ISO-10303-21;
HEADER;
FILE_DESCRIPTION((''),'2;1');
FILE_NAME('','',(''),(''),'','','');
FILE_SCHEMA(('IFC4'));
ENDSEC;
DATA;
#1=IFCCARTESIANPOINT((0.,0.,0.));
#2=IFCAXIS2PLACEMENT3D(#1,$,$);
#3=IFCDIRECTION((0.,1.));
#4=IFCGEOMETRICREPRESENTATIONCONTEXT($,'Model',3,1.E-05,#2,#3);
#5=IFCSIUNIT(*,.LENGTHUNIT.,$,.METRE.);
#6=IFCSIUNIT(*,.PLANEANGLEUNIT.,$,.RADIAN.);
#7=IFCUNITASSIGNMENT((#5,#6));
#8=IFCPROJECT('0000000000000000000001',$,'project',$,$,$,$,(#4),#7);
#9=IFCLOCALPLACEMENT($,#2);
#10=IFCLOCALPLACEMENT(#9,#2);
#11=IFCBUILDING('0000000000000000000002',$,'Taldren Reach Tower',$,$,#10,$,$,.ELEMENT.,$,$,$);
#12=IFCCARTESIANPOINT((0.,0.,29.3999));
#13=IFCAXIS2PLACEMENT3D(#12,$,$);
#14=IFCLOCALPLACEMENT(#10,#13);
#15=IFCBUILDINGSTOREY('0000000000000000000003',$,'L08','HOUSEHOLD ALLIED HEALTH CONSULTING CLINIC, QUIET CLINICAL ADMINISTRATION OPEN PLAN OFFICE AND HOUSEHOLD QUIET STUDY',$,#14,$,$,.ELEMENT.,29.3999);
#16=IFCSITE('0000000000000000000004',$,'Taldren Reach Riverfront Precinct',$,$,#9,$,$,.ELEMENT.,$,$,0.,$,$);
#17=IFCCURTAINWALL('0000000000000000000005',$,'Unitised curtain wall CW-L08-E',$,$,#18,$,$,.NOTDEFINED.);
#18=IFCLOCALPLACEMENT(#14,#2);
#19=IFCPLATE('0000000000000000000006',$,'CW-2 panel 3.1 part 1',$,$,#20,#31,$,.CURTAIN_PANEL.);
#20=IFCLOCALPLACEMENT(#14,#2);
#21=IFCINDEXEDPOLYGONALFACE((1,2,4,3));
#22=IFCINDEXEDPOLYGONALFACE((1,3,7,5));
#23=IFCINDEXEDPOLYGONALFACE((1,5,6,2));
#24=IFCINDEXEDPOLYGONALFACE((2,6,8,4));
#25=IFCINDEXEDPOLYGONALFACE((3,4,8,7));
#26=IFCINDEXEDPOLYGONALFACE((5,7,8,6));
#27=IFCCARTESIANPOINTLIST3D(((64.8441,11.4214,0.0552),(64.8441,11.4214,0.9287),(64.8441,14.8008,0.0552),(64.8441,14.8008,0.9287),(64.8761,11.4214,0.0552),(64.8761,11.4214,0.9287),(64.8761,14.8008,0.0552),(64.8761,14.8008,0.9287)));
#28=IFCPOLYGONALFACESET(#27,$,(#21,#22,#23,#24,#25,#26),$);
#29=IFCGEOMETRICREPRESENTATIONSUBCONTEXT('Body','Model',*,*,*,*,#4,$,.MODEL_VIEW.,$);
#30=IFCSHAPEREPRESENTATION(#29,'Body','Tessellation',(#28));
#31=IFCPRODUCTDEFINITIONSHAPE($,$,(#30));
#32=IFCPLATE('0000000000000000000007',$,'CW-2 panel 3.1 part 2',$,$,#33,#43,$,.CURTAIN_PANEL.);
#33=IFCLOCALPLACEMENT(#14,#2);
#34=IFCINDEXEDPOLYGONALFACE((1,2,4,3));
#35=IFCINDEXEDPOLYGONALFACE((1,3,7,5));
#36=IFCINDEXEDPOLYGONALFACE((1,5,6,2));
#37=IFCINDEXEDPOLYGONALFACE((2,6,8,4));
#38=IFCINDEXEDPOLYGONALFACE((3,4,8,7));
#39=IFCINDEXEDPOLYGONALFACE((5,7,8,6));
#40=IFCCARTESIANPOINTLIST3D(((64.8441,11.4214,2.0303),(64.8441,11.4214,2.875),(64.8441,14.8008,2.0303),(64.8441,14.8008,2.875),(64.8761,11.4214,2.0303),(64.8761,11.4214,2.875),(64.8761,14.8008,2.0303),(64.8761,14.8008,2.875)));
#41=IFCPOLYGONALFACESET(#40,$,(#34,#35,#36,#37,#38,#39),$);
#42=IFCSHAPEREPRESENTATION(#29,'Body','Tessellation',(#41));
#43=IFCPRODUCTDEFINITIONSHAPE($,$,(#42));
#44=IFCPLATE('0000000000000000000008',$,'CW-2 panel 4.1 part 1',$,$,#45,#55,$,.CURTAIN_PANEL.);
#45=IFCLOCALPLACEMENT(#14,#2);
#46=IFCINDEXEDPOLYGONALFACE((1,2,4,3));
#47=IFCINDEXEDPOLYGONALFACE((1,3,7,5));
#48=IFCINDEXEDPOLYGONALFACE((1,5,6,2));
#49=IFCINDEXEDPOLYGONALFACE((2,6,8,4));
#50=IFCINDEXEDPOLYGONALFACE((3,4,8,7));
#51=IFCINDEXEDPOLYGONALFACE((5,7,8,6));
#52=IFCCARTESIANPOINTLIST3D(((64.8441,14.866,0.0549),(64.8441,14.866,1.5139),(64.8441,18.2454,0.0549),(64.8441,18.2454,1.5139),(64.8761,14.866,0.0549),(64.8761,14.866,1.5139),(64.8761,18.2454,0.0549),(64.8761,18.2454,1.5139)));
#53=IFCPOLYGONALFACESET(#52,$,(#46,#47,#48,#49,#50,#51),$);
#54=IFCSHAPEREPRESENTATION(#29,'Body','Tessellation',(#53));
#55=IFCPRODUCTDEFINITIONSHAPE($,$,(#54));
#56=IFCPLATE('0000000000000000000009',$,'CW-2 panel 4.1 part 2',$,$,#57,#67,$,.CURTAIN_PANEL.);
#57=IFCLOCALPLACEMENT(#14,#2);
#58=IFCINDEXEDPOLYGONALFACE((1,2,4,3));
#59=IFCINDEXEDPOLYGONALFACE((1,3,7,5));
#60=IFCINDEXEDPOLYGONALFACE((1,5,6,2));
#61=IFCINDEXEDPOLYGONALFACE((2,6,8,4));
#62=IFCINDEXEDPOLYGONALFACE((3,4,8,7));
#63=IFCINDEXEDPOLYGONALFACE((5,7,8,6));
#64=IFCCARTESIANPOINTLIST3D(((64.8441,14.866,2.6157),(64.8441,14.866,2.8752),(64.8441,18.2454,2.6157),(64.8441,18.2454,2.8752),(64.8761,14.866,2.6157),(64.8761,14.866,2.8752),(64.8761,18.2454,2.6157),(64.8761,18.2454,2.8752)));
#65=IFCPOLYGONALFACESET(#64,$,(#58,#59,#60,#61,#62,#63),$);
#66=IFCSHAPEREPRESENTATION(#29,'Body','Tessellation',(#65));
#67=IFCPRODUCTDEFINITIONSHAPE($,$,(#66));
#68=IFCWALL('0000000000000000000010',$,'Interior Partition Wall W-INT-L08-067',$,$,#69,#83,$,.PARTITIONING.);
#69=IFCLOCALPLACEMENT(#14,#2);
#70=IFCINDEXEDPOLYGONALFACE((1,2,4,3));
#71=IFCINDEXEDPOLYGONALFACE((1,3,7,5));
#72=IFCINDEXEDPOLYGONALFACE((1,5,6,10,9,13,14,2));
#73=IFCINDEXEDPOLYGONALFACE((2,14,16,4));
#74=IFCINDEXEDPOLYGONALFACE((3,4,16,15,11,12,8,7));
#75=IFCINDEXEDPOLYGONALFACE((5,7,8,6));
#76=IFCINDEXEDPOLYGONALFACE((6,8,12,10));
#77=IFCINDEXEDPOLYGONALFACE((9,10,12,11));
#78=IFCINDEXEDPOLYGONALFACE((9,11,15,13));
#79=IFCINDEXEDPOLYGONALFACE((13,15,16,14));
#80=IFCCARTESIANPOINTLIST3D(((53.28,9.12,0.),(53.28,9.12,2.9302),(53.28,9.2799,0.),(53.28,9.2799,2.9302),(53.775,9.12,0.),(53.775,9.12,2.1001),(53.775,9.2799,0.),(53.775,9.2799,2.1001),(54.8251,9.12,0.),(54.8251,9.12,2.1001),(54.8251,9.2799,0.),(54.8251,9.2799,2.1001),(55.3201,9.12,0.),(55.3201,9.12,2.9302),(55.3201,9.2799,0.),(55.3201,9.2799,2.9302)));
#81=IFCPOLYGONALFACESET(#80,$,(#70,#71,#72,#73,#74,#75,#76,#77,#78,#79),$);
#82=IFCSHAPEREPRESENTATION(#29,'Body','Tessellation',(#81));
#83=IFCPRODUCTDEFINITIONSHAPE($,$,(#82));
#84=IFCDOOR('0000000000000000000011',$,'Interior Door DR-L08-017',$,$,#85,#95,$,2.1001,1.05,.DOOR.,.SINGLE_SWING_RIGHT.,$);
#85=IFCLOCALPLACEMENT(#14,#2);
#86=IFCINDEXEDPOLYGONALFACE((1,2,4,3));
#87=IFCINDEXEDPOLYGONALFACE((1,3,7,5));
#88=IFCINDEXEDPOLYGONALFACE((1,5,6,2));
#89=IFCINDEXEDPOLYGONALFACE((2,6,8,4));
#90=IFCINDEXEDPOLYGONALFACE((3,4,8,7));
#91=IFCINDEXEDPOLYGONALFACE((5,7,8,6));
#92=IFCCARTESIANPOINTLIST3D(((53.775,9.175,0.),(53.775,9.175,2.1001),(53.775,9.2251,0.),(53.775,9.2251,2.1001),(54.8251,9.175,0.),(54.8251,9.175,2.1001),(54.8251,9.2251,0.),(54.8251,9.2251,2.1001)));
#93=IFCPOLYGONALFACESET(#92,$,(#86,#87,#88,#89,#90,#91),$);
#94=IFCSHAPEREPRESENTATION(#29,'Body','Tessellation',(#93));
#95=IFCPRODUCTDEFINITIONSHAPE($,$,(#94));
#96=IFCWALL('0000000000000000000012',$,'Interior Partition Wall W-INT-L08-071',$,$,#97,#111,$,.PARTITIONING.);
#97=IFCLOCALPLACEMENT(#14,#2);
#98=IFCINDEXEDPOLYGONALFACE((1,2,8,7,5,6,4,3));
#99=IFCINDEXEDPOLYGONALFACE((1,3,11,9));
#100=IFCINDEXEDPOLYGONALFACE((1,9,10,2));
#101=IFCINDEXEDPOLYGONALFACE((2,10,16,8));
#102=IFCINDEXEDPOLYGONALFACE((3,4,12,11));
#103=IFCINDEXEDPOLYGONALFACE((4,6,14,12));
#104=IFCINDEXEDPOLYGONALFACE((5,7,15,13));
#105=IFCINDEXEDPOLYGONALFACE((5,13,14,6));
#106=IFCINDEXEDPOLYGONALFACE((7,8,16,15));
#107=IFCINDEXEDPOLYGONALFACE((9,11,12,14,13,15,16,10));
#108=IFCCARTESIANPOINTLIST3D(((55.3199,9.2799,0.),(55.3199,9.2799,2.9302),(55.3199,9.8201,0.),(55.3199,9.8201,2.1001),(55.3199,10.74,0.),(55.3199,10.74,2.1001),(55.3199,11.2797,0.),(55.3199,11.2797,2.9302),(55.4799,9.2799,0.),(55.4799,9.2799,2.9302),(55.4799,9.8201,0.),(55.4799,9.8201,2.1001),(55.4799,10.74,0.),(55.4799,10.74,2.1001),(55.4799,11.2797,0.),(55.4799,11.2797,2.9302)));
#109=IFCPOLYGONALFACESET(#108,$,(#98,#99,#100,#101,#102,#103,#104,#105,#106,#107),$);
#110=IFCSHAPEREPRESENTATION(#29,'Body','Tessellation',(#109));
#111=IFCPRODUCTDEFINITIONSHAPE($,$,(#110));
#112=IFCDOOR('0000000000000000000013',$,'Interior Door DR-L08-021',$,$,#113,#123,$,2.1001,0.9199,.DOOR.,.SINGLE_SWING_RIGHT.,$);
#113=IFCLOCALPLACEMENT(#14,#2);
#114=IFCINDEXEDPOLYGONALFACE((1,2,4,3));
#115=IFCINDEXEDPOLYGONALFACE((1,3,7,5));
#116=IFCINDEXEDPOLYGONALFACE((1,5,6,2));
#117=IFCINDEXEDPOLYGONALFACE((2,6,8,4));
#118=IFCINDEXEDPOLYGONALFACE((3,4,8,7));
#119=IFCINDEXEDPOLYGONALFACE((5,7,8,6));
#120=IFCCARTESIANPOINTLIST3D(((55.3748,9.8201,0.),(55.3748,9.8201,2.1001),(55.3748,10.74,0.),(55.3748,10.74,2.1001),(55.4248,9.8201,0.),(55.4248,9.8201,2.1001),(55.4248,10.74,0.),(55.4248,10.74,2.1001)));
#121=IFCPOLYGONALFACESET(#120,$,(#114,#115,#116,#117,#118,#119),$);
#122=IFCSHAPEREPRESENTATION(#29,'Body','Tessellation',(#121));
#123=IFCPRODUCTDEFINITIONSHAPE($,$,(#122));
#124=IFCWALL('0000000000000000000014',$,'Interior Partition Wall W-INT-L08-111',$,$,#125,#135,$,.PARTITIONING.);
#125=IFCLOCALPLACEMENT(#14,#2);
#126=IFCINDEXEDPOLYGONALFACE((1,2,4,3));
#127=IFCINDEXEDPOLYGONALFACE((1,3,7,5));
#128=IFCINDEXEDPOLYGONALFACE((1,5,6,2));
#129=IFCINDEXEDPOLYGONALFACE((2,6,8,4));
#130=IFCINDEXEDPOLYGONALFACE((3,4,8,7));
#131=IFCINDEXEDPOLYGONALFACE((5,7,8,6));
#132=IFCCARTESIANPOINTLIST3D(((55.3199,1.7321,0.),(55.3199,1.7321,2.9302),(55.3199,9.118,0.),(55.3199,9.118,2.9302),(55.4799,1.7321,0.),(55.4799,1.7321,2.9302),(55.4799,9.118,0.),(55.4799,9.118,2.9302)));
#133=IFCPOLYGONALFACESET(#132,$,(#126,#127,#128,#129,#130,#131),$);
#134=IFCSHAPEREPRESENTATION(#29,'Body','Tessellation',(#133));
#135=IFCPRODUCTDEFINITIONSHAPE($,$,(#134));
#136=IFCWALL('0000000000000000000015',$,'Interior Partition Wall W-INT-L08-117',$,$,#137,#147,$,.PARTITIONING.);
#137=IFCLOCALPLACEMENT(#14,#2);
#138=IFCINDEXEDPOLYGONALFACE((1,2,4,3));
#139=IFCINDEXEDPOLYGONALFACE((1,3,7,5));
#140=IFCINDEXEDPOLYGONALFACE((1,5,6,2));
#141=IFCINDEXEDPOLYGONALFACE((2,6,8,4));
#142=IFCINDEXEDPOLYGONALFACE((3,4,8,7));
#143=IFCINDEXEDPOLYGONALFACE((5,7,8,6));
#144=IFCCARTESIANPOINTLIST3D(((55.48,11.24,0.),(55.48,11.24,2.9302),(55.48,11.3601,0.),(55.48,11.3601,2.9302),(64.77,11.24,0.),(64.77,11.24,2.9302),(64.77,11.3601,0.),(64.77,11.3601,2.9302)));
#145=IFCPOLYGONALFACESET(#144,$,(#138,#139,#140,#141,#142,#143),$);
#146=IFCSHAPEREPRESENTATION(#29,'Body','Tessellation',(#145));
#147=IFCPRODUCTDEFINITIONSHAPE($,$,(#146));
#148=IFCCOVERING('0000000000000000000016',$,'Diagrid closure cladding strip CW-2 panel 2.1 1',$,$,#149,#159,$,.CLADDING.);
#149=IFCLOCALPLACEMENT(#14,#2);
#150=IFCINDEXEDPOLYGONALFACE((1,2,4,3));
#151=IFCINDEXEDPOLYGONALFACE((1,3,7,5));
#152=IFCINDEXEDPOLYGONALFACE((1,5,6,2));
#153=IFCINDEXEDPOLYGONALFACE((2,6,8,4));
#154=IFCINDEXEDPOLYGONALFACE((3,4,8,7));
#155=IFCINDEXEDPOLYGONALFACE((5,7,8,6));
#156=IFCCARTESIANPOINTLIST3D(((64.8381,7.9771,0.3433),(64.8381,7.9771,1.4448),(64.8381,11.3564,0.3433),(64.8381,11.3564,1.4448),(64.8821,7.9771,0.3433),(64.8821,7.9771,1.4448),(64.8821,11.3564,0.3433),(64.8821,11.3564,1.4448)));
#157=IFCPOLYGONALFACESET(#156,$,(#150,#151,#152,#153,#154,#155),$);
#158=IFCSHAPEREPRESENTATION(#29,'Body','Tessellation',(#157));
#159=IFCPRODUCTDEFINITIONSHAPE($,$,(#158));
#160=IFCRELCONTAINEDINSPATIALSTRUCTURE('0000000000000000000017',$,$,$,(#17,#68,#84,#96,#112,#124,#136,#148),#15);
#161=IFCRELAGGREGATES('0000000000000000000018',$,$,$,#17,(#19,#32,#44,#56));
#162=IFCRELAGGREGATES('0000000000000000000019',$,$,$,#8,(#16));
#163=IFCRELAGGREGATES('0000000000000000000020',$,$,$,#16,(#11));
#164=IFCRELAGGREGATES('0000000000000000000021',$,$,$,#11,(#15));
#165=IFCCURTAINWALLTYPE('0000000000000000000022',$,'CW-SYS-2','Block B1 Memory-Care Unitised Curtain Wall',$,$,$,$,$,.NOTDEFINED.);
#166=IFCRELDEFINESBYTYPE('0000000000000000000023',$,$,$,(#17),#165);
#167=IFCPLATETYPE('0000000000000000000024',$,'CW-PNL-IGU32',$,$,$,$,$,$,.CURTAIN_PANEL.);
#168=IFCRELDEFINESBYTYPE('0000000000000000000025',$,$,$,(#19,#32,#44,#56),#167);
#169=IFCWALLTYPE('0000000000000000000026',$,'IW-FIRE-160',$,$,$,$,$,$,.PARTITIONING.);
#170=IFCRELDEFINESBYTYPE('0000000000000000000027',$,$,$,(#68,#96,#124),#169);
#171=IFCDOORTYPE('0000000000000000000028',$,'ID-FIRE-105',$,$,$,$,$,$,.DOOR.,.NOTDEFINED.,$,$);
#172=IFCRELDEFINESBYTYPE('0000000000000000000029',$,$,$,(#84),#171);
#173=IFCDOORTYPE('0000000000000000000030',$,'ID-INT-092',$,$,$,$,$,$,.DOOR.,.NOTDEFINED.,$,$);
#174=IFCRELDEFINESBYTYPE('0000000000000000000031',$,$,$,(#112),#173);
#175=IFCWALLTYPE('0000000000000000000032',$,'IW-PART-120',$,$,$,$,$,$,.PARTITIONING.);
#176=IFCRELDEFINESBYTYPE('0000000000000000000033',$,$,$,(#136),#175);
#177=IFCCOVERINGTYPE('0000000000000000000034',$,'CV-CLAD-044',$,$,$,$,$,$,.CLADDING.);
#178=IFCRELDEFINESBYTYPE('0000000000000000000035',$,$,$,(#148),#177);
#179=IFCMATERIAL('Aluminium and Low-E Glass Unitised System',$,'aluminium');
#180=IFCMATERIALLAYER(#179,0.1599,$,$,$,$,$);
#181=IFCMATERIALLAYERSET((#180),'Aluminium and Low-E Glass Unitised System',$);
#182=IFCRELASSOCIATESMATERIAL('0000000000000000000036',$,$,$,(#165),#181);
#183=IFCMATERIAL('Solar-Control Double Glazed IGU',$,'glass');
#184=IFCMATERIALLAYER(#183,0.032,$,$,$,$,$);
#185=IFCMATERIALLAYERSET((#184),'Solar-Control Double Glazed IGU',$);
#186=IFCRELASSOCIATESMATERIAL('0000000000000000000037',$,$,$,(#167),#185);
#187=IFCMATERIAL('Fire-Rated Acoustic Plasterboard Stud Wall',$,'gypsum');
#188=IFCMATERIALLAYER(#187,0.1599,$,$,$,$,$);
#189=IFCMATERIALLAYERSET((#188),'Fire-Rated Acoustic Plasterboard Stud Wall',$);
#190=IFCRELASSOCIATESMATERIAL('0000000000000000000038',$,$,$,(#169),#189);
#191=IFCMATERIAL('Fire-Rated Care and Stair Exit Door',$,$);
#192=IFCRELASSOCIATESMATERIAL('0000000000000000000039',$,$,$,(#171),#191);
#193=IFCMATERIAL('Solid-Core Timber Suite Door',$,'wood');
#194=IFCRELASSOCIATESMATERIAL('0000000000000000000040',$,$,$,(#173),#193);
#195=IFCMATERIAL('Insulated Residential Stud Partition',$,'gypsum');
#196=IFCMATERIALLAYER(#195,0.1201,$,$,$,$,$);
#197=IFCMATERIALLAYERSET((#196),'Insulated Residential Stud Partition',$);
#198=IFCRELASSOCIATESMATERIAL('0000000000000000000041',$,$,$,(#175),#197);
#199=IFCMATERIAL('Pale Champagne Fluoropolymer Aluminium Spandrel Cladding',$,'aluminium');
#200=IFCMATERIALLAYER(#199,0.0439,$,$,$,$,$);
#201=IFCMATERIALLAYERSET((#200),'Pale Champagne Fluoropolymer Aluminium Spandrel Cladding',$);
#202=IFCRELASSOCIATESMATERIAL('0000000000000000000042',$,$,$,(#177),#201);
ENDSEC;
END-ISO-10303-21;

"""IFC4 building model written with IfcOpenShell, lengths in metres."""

from ifc_helpers import new_model, si_unit, direction, frame, frame_2d, origin, origin_2d, place, context, subcontext, project, spatial, rectangle, extrude, source, transform, mapped, material, layer, layer_set, type_object, element, fill, aggregate, save


model = new_model("IFC4")

# Units and contexts
model_context = context("Model", 3, precision=1e-05, world=origin(), true_north=direction((0.0, 1.0)))
body_context = subcontext(model_context, "Body", "Model", "MODEL_VIEW")
ifc_project = project(units=[si_unit("LENGTHUNIT", "METRE"), si_unit("PLANEANGLEUNIT", "RADIAN")], contexts=[model_context])

# Site, building, storey
site_placement = place(None, origin())
site = spatial("IfcSite", under=ifc_project, at=site_placement, Name="Taldren Reach Riverfront Precinct", CompositionType="ELEMENT", RefElevation=0.0)
building_placement = place(site_placement, origin())
building = spatial("IfcBuilding", under=site, at=building_placement, Name="Taldren Reach Tower", CompositionType="ELEMENT")
storey_placement = place(building_placement, frame((0.0, 0.0, 29.3999)))
storey = spatial("IfcBuildingStorey", under=building, at=storey_placement, Name="L08", Description="HOUSEHOLD ALLIED HEALTH CONSULTING CLINIC, QUIET CLINICAL ADMINISTRATION OPEN PLAN OFFICE AND HOUSEHOLD QUIET STUDY", CompositionType="ELEMENT", Elevation=29.3999)

# Curtain wall, plates
ifc_material_1 = material(Name="Aluminium and Low-E Glass Unitised System", Category="aluminium")
ifc_layer_1 = layer(ifc_material_1, 0.1599)
ifc_layer_set_1 = layer_set([ifc_layer_1], Name="Aluminium and Low-E Glass Unitised System")
curtain_wall_type = type_object("IfcCurtainWallType", Name="CW-SYS-2", Description="Block B1 Memory-Care Unitised Curtain Wall", PredefinedType="NOTDEFINED", material=ifc_layer_set_1)
curtain_wall_placement = place(storey_placement, origin())
curtain_wall = element("IfcCurtainWall", 1, at=curtain_wall_placement, inside=storey, type_object=curtain_wall_type, Name="Unitised curtain wall CW-L08-E", PredefinedType="NOTDEFINED")
ifc_material_2 = material(Name="Solar-Control Double Glazed IGU", Category="glass")
ifc_layer_2 = layer(ifc_material_2, 0.032)
ifc_layer_set_2 = layer_set([ifc_layer_2], Name="Solar-Control Double Glazed IGU")
plate_type = type_object("IfcPlateType", Name="CW-PNL-IGU32", PredefinedType="CURTAIN_PANEL", material=ifc_layer_set_2)
shared_shape_1 = source(origin(), body_context, "Body", "SweptSolid", [
    extrude(rectangle(XDim=3.3794, YDim=0.032, at=origin_2d()), origin(), (0.0, 0.0, 1.0), 0.8735),
])
plate_1_placement = place(storey_placement, frame((64.8601, 13.1111, 0.0552), z_axis=(0.0, 0.0, 1.0), x_axis=(0.0, 1.0, 0.0)))
plate_1 = element("IfcPlate", 2, at=plate_1_placement, type_object=plate_type, Name="CW-2 panel 3.1 part 1", PredefinedType="CURTAIN_PANEL", context=body_context, shape_type="MappedRepresentation", body=[
    mapped(shared_shape_1, transform((0.0, 0.0, 0.0), scale=1.0)),
])
shared_shape_2 = source(origin(), body_context, "Body", "SweptSolid", [
    extrude(rectangle(XDim=3.3794, YDim=0.032, at=origin_2d()), origin(), (0.0, 0.0, 1.0), 0.8447),
])
plate_2_placement = place(storey_placement, frame((64.8601, 13.1111, 2.0303), z_axis=(0.0, 0.0, 1.0), x_axis=(0.0, 1.0, 0.0)))
plate_2 = element("IfcPlate", 3, at=plate_2_placement, type_object=plate_type, Name="CW-2 panel 3.1 part 2", PredefinedType="CURTAIN_PANEL", context=body_context, shape_type="MappedRepresentation", body=[
    mapped(shared_shape_2, transform((0.0, 0.0, 0.0), scale=1.0)),
])
shared_shape_3 = source(origin(), body_context, "Body", "SweptSolid", [
    extrude(rectangle(XDim=3.3794, YDim=0.032, at=origin_2d()), origin(), (0.0, 0.0, 1.0), 1.459),
])
plate_3_placement = place(storey_placement, frame((64.8601, 16.5557, 0.0549), z_axis=(0.0, 0.0, 1.0), x_axis=(0.0, 1.0, 0.0)))
plate_3 = element("IfcPlate", 4, at=plate_3_placement, type_object=plate_type, Name="CW-2 panel 4.1 part 1", PredefinedType="CURTAIN_PANEL", context=body_context, shape_type="MappedRepresentation", body=[
    mapped(shared_shape_3, transform((0.0, 0.0, 0.0), scale=1.0)),
])
shared_shape_4 = source(origin(), body_context, "Body", "SweptSolid", [
    extrude(rectangle(XDim=3.3794, YDim=0.032, at=origin_2d()), origin(), (0.0, 0.0, 1.0), 0.2595),
])
plate_4_placement = place(storey_placement, frame((64.8601, 16.5557, 2.6157), z_axis=(0.0, 0.0, 1.0), x_axis=(0.0, 1.0, 0.0)))
plate_4 = element("IfcPlate", 5, at=plate_4_placement, type_object=plate_type, Name="CW-2 panel 4.1 part 2", PredefinedType="CURTAIN_PANEL", context=body_context, shape_type="MappedRepresentation", body=[
    mapped(shared_shape_4, transform((0.0, 0.0, 0.0), scale=1.0)),
])
aggregate(curtain_wall, [plate_1, plate_2, plate_3, plate_4])

# Walls, openings, doors
ifc_material_3 = material(Name="Fire-Rated Acoustic Plasterboard Stud Wall", Category="gypsum")
ifc_layer_3 = layer(ifc_material_3, 0.1599)
ifc_layer_set_3 = layer_set([ifc_layer_3], Name="Fire-Rated Acoustic Plasterboard Stud Wall")
wall_type_1 = type_object("IfcWallType", Name="IW-FIRE-160", PredefinedType="PARTITIONING", material=ifc_layer_set_3)
shared_shape_5 = source(origin(), body_context, "Body", "SweptSolid", [
    extrude(rectangle(XDim=2.04, YDim=0.1599, at=frame_2d((1.02, 0.0))), origin(), (0.0, 0.0, 1.0), 2.9302),
])
wall_1_placement = place(storey_placement, frame((55.3201, 9.2, 0.0), z_axis=(0.0, 0.0, 1.0), x_axis=(-1.0, 0.0, 0.0)))
wall_1 = element("IfcWall", 6, at=wall_1_placement, inside=storey, type_object=wall_type_1, Name="Interior Partition Wall W-INT-L08-067", PredefinedType="PARTITIONING", context=body_context, shape_type="MappedRepresentation", body=[
    mapped(shared_shape_5, transform((0.0, 0.0, 0.0), scale=1.0)),
])
shared_shape_6 = source(origin(), body_context, "Body", "SweptSolid", [
    extrude(rectangle(XDim=1.05, YDim=2.1001, at=frame_2d((0.5249, 1.05))), frame((0.0, 0.0898, 0.0), z_axis=(0.0, -1.0, 0.0), x_axis=(1.0, 0.0, 0.0)), (0.0, 0.0, 1.0), 0.1799),
])
opening_1_placement = place(wall_1_placement, frame((0.4951, 0.0, 0.0)))
opening_1 = element("IfcOpeningElement", 7, at=opening_1_placement, cuts=wall_1, PredefinedType="OPENING", context=body_context, shape_type="MappedRepresentation", body=[
    mapped(shared_shape_6, transform((0.0, 0.0, 0.0), scale=1.0)),
])
ifc_material_4 = material(Name="Fire-Rated Care and Stair Exit Door")
door_type_1 = type_object("IfcDoorType", Name="ID-FIRE-105", OperationType="NOTDEFINED", PredefinedType="DOOR", material=ifc_material_4)
shared_shape_7 = source(origin(), body_context, "Body", "SweptSolid", [
    extrude(rectangle(XDim=1.05, YDim=2.1001, at=frame_2d((0.5249, 1.05))), frame((0.0, 0.0249, 0.0), z_axis=(0.0, -1.0, 0.0), x_axis=(1.0, 0.0, 0.0)), (0.0, 0.0, 1.0), 0.05),
])
door_1_placement = place(opening_1_placement, origin())
door_1 = element("IfcDoor", 8, at=door_1_placement, inside=storey, type_object=door_type_1, Name="Interior Door DR-L08-017", OperationType="SINGLE_SWING_RIGHT", OverallHeight=2.1001, OverallWidth=1.05, PredefinedType="DOOR", context=body_context, shape_type="MappedRepresentation", body=[
    mapped(shared_shape_7, transform((0.0, 0.0, 0.0), scale=1.0)),
])
fill(opening_1, door_1)
shared_shape_8 = source(origin(), body_context, "Body", "SweptSolid", [
    extrude(rectangle(XDim=1.9998, YDim=0.1599, at=frame_2d((1.0, 0.0))), origin(), (0.0, 0.0, 1.0), 2.9302),
])
wall_2_placement = place(storey_placement, frame((55.3999, 11.2798, 0.0), z_axis=(0.0, 0.0, 1.0), x_axis=(0.0, -1.0, 0.0)))
wall_2 = element("IfcWall", 9, at=wall_2_placement, inside=storey, type_object=wall_type_1, Name="Interior Partition Wall W-INT-L08-071", PredefinedType="PARTITIONING", context=body_context, shape_type="MappedRepresentation", body=[
    mapped(shared_shape_8, transform((0.0, 0.0, 0.0), scale=1.0)),
])
shared_shape_9 = source(origin(), body_context, "Body", "SweptSolid", [
    extrude(rectangle(XDim=0.9199, YDim=2.1001, at=frame_2d((0.46, 1.05))), frame((0.0, 0.0898, 0.0), z_axis=(0.0, -1.0, 0.0), x_axis=(1.0, 0.0, 0.0)), (0.0, 0.0, 1.0), 0.1799),
])
opening_2_placement = place(wall_2_placement, frame((0.5398, 0.0, 0.0)))
opening_2 = element("IfcOpeningElement", 10, at=opening_2_placement, cuts=wall_2, PredefinedType="OPENING", context=body_context, shape_type="MappedRepresentation", body=[
    mapped(shared_shape_9, transform((0.0, 0.0, 0.0), scale=1.0)),
])
ifc_material_5 = material(Name="Solid-Core Timber Suite Door", Category="wood")
door_type_2 = type_object("IfcDoorType", Name="ID-INT-092", OperationType="NOTDEFINED", PredefinedType="DOOR", material=ifc_material_5)
shared_shape_10 = source(origin(), body_context, "Body", "SweptSolid", [
    extrude(rectangle(XDim=0.9199, YDim=2.1001, at=frame_2d((0.46, 1.05))), frame((0.0, 0.0249, 0.0), z_axis=(0.0, -1.0, 0.0), x_axis=(1.0, 0.0, 0.0)), (0.0, 0.0, 1.0), 0.05),
])
door_2_placement = place(opening_2_placement, origin())
door_2 = element("IfcDoor", 11, at=door_2_placement, inside=storey, type_object=door_type_2, Name="Interior Door DR-L08-021", OperationType="SINGLE_SWING_RIGHT", OverallHeight=2.1001, OverallWidth=0.9199, PredefinedType="DOOR", context=body_context, shape_type="MappedRepresentation", body=[
    mapped(shared_shape_10, transform((0.0, 0.0, 0.0), scale=1.0)),
])
fill(opening_2, door_2)

# Walls
shared_shape_11 = source(origin(), body_context, "Body", "SweptSolid", [
    extrude(rectangle(XDim=7.386, YDim=0.1599, at=frame_2d((3.6929, 0.0))), origin(), (0.0, 0.0, 1.0), 2.9302),
])
wall_3_placement = place(storey_placement, frame((55.3999, 9.1179, 0.0), z_axis=(0.0, 0.0, 1.0), x_axis=(0.0, -1.0, 0.0)))
element("IfcWall", 12, at=wall_3_placement, inside=storey, type_object=wall_type_1, Name="Interior Partition Wall W-INT-L08-111", PredefinedType="PARTITIONING", context=body_context, shape_type="MappedRepresentation", body=[
    mapped(shared_shape_11, transform((0.0, 0.0, 0.0), scale=1.0)),
])
ifc_material_6 = material(Name="Insulated Residential Stud Partition", Category="gypsum")
ifc_layer_4 = layer(ifc_material_6, 0.1201)
ifc_layer_set_4 = layer_set([ifc_layer_4], Name="Insulated Residential Stud Partition")
wall_type_2 = type_object("IfcWallType", Name="IW-PART-120", PredefinedType="PARTITIONING", material=ifc_layer_set_4)
shared_shape_12 = source(origin(), body_context, "Body", "SweptSolid", [
    extrude(rectangle(XDim=9.29, YDim=0.1201, at=frame_2d((4.645, 0.0))), origin(), (0.0, 0.0, 1.0), 2.9302),
])
wall_4_placement = place(storey_placement, frame((55.48, 11.3, 0.0), z_axis=(0.0, 0.0, 1.0), x_axis=(1.0, 0.0, 0.0)))
element("IfcWall", 13, at=wall_4_placement, inside=storey, type_object=wall_type_2, Name="Interior Partition Wall W-INT-L08-117", PredefinedType="PARTITIONING", context=body_context, shape_type="MappedRepresentation", body=[
    mapped(shared_shape_12, transform((0.0, 0.0, 0.0), scale=1.0)),
])

# Covering
ifc_material_7 = material(Name="Pale Champagne Fluoropolymer Aluminium Spandrel Cladding", Category="aluminium")
ifc_layer_5 = layer(ifc_material_7, 0.0439)
ifc_layer_set_5 = layer_set([ifc_layer_5], Name="Pale Champagne Fluoropolymer Aluminium Spandrel Cladding")
covering_type = type_object("IfcCoveringType", Name="CV-CLAD-044", PredefinedType="CLADDING", material=ifc_layer_set_5)
shared_shape_13 = source(origin(), body_context, "Body", "SweptSolid", [
    extrude(rectangle(XDim=3.3794, YDim=0.0439, at=origin_2d()), origin(), (0.0, 0.0, 1.0), 1.1016),
])
for number, where, z_axis, x_axis, name in (
    (14, (64.8601, 9.6667, 0.3433), (0.0, 0.0, 1.0), (0.0, 1.0, 0.0), "Diagrid closure cladding strip CW-2 panel 2.1 1"),
):
    element("IfcCovering", number, at=place(storey_placement, frame(where, z_axis=z_axis, x_axis=x_axis)), inside=storey, type_object=covering_type, Name=name, PredefinedType="CLADDING", context=body_context, shape_type="MappedRepresentation", body=[
        mapped(shared_shape_13, transform((0.0, 0.0, 0.0), scale=1.0)),
    ])

save(model, "model.ifc")
